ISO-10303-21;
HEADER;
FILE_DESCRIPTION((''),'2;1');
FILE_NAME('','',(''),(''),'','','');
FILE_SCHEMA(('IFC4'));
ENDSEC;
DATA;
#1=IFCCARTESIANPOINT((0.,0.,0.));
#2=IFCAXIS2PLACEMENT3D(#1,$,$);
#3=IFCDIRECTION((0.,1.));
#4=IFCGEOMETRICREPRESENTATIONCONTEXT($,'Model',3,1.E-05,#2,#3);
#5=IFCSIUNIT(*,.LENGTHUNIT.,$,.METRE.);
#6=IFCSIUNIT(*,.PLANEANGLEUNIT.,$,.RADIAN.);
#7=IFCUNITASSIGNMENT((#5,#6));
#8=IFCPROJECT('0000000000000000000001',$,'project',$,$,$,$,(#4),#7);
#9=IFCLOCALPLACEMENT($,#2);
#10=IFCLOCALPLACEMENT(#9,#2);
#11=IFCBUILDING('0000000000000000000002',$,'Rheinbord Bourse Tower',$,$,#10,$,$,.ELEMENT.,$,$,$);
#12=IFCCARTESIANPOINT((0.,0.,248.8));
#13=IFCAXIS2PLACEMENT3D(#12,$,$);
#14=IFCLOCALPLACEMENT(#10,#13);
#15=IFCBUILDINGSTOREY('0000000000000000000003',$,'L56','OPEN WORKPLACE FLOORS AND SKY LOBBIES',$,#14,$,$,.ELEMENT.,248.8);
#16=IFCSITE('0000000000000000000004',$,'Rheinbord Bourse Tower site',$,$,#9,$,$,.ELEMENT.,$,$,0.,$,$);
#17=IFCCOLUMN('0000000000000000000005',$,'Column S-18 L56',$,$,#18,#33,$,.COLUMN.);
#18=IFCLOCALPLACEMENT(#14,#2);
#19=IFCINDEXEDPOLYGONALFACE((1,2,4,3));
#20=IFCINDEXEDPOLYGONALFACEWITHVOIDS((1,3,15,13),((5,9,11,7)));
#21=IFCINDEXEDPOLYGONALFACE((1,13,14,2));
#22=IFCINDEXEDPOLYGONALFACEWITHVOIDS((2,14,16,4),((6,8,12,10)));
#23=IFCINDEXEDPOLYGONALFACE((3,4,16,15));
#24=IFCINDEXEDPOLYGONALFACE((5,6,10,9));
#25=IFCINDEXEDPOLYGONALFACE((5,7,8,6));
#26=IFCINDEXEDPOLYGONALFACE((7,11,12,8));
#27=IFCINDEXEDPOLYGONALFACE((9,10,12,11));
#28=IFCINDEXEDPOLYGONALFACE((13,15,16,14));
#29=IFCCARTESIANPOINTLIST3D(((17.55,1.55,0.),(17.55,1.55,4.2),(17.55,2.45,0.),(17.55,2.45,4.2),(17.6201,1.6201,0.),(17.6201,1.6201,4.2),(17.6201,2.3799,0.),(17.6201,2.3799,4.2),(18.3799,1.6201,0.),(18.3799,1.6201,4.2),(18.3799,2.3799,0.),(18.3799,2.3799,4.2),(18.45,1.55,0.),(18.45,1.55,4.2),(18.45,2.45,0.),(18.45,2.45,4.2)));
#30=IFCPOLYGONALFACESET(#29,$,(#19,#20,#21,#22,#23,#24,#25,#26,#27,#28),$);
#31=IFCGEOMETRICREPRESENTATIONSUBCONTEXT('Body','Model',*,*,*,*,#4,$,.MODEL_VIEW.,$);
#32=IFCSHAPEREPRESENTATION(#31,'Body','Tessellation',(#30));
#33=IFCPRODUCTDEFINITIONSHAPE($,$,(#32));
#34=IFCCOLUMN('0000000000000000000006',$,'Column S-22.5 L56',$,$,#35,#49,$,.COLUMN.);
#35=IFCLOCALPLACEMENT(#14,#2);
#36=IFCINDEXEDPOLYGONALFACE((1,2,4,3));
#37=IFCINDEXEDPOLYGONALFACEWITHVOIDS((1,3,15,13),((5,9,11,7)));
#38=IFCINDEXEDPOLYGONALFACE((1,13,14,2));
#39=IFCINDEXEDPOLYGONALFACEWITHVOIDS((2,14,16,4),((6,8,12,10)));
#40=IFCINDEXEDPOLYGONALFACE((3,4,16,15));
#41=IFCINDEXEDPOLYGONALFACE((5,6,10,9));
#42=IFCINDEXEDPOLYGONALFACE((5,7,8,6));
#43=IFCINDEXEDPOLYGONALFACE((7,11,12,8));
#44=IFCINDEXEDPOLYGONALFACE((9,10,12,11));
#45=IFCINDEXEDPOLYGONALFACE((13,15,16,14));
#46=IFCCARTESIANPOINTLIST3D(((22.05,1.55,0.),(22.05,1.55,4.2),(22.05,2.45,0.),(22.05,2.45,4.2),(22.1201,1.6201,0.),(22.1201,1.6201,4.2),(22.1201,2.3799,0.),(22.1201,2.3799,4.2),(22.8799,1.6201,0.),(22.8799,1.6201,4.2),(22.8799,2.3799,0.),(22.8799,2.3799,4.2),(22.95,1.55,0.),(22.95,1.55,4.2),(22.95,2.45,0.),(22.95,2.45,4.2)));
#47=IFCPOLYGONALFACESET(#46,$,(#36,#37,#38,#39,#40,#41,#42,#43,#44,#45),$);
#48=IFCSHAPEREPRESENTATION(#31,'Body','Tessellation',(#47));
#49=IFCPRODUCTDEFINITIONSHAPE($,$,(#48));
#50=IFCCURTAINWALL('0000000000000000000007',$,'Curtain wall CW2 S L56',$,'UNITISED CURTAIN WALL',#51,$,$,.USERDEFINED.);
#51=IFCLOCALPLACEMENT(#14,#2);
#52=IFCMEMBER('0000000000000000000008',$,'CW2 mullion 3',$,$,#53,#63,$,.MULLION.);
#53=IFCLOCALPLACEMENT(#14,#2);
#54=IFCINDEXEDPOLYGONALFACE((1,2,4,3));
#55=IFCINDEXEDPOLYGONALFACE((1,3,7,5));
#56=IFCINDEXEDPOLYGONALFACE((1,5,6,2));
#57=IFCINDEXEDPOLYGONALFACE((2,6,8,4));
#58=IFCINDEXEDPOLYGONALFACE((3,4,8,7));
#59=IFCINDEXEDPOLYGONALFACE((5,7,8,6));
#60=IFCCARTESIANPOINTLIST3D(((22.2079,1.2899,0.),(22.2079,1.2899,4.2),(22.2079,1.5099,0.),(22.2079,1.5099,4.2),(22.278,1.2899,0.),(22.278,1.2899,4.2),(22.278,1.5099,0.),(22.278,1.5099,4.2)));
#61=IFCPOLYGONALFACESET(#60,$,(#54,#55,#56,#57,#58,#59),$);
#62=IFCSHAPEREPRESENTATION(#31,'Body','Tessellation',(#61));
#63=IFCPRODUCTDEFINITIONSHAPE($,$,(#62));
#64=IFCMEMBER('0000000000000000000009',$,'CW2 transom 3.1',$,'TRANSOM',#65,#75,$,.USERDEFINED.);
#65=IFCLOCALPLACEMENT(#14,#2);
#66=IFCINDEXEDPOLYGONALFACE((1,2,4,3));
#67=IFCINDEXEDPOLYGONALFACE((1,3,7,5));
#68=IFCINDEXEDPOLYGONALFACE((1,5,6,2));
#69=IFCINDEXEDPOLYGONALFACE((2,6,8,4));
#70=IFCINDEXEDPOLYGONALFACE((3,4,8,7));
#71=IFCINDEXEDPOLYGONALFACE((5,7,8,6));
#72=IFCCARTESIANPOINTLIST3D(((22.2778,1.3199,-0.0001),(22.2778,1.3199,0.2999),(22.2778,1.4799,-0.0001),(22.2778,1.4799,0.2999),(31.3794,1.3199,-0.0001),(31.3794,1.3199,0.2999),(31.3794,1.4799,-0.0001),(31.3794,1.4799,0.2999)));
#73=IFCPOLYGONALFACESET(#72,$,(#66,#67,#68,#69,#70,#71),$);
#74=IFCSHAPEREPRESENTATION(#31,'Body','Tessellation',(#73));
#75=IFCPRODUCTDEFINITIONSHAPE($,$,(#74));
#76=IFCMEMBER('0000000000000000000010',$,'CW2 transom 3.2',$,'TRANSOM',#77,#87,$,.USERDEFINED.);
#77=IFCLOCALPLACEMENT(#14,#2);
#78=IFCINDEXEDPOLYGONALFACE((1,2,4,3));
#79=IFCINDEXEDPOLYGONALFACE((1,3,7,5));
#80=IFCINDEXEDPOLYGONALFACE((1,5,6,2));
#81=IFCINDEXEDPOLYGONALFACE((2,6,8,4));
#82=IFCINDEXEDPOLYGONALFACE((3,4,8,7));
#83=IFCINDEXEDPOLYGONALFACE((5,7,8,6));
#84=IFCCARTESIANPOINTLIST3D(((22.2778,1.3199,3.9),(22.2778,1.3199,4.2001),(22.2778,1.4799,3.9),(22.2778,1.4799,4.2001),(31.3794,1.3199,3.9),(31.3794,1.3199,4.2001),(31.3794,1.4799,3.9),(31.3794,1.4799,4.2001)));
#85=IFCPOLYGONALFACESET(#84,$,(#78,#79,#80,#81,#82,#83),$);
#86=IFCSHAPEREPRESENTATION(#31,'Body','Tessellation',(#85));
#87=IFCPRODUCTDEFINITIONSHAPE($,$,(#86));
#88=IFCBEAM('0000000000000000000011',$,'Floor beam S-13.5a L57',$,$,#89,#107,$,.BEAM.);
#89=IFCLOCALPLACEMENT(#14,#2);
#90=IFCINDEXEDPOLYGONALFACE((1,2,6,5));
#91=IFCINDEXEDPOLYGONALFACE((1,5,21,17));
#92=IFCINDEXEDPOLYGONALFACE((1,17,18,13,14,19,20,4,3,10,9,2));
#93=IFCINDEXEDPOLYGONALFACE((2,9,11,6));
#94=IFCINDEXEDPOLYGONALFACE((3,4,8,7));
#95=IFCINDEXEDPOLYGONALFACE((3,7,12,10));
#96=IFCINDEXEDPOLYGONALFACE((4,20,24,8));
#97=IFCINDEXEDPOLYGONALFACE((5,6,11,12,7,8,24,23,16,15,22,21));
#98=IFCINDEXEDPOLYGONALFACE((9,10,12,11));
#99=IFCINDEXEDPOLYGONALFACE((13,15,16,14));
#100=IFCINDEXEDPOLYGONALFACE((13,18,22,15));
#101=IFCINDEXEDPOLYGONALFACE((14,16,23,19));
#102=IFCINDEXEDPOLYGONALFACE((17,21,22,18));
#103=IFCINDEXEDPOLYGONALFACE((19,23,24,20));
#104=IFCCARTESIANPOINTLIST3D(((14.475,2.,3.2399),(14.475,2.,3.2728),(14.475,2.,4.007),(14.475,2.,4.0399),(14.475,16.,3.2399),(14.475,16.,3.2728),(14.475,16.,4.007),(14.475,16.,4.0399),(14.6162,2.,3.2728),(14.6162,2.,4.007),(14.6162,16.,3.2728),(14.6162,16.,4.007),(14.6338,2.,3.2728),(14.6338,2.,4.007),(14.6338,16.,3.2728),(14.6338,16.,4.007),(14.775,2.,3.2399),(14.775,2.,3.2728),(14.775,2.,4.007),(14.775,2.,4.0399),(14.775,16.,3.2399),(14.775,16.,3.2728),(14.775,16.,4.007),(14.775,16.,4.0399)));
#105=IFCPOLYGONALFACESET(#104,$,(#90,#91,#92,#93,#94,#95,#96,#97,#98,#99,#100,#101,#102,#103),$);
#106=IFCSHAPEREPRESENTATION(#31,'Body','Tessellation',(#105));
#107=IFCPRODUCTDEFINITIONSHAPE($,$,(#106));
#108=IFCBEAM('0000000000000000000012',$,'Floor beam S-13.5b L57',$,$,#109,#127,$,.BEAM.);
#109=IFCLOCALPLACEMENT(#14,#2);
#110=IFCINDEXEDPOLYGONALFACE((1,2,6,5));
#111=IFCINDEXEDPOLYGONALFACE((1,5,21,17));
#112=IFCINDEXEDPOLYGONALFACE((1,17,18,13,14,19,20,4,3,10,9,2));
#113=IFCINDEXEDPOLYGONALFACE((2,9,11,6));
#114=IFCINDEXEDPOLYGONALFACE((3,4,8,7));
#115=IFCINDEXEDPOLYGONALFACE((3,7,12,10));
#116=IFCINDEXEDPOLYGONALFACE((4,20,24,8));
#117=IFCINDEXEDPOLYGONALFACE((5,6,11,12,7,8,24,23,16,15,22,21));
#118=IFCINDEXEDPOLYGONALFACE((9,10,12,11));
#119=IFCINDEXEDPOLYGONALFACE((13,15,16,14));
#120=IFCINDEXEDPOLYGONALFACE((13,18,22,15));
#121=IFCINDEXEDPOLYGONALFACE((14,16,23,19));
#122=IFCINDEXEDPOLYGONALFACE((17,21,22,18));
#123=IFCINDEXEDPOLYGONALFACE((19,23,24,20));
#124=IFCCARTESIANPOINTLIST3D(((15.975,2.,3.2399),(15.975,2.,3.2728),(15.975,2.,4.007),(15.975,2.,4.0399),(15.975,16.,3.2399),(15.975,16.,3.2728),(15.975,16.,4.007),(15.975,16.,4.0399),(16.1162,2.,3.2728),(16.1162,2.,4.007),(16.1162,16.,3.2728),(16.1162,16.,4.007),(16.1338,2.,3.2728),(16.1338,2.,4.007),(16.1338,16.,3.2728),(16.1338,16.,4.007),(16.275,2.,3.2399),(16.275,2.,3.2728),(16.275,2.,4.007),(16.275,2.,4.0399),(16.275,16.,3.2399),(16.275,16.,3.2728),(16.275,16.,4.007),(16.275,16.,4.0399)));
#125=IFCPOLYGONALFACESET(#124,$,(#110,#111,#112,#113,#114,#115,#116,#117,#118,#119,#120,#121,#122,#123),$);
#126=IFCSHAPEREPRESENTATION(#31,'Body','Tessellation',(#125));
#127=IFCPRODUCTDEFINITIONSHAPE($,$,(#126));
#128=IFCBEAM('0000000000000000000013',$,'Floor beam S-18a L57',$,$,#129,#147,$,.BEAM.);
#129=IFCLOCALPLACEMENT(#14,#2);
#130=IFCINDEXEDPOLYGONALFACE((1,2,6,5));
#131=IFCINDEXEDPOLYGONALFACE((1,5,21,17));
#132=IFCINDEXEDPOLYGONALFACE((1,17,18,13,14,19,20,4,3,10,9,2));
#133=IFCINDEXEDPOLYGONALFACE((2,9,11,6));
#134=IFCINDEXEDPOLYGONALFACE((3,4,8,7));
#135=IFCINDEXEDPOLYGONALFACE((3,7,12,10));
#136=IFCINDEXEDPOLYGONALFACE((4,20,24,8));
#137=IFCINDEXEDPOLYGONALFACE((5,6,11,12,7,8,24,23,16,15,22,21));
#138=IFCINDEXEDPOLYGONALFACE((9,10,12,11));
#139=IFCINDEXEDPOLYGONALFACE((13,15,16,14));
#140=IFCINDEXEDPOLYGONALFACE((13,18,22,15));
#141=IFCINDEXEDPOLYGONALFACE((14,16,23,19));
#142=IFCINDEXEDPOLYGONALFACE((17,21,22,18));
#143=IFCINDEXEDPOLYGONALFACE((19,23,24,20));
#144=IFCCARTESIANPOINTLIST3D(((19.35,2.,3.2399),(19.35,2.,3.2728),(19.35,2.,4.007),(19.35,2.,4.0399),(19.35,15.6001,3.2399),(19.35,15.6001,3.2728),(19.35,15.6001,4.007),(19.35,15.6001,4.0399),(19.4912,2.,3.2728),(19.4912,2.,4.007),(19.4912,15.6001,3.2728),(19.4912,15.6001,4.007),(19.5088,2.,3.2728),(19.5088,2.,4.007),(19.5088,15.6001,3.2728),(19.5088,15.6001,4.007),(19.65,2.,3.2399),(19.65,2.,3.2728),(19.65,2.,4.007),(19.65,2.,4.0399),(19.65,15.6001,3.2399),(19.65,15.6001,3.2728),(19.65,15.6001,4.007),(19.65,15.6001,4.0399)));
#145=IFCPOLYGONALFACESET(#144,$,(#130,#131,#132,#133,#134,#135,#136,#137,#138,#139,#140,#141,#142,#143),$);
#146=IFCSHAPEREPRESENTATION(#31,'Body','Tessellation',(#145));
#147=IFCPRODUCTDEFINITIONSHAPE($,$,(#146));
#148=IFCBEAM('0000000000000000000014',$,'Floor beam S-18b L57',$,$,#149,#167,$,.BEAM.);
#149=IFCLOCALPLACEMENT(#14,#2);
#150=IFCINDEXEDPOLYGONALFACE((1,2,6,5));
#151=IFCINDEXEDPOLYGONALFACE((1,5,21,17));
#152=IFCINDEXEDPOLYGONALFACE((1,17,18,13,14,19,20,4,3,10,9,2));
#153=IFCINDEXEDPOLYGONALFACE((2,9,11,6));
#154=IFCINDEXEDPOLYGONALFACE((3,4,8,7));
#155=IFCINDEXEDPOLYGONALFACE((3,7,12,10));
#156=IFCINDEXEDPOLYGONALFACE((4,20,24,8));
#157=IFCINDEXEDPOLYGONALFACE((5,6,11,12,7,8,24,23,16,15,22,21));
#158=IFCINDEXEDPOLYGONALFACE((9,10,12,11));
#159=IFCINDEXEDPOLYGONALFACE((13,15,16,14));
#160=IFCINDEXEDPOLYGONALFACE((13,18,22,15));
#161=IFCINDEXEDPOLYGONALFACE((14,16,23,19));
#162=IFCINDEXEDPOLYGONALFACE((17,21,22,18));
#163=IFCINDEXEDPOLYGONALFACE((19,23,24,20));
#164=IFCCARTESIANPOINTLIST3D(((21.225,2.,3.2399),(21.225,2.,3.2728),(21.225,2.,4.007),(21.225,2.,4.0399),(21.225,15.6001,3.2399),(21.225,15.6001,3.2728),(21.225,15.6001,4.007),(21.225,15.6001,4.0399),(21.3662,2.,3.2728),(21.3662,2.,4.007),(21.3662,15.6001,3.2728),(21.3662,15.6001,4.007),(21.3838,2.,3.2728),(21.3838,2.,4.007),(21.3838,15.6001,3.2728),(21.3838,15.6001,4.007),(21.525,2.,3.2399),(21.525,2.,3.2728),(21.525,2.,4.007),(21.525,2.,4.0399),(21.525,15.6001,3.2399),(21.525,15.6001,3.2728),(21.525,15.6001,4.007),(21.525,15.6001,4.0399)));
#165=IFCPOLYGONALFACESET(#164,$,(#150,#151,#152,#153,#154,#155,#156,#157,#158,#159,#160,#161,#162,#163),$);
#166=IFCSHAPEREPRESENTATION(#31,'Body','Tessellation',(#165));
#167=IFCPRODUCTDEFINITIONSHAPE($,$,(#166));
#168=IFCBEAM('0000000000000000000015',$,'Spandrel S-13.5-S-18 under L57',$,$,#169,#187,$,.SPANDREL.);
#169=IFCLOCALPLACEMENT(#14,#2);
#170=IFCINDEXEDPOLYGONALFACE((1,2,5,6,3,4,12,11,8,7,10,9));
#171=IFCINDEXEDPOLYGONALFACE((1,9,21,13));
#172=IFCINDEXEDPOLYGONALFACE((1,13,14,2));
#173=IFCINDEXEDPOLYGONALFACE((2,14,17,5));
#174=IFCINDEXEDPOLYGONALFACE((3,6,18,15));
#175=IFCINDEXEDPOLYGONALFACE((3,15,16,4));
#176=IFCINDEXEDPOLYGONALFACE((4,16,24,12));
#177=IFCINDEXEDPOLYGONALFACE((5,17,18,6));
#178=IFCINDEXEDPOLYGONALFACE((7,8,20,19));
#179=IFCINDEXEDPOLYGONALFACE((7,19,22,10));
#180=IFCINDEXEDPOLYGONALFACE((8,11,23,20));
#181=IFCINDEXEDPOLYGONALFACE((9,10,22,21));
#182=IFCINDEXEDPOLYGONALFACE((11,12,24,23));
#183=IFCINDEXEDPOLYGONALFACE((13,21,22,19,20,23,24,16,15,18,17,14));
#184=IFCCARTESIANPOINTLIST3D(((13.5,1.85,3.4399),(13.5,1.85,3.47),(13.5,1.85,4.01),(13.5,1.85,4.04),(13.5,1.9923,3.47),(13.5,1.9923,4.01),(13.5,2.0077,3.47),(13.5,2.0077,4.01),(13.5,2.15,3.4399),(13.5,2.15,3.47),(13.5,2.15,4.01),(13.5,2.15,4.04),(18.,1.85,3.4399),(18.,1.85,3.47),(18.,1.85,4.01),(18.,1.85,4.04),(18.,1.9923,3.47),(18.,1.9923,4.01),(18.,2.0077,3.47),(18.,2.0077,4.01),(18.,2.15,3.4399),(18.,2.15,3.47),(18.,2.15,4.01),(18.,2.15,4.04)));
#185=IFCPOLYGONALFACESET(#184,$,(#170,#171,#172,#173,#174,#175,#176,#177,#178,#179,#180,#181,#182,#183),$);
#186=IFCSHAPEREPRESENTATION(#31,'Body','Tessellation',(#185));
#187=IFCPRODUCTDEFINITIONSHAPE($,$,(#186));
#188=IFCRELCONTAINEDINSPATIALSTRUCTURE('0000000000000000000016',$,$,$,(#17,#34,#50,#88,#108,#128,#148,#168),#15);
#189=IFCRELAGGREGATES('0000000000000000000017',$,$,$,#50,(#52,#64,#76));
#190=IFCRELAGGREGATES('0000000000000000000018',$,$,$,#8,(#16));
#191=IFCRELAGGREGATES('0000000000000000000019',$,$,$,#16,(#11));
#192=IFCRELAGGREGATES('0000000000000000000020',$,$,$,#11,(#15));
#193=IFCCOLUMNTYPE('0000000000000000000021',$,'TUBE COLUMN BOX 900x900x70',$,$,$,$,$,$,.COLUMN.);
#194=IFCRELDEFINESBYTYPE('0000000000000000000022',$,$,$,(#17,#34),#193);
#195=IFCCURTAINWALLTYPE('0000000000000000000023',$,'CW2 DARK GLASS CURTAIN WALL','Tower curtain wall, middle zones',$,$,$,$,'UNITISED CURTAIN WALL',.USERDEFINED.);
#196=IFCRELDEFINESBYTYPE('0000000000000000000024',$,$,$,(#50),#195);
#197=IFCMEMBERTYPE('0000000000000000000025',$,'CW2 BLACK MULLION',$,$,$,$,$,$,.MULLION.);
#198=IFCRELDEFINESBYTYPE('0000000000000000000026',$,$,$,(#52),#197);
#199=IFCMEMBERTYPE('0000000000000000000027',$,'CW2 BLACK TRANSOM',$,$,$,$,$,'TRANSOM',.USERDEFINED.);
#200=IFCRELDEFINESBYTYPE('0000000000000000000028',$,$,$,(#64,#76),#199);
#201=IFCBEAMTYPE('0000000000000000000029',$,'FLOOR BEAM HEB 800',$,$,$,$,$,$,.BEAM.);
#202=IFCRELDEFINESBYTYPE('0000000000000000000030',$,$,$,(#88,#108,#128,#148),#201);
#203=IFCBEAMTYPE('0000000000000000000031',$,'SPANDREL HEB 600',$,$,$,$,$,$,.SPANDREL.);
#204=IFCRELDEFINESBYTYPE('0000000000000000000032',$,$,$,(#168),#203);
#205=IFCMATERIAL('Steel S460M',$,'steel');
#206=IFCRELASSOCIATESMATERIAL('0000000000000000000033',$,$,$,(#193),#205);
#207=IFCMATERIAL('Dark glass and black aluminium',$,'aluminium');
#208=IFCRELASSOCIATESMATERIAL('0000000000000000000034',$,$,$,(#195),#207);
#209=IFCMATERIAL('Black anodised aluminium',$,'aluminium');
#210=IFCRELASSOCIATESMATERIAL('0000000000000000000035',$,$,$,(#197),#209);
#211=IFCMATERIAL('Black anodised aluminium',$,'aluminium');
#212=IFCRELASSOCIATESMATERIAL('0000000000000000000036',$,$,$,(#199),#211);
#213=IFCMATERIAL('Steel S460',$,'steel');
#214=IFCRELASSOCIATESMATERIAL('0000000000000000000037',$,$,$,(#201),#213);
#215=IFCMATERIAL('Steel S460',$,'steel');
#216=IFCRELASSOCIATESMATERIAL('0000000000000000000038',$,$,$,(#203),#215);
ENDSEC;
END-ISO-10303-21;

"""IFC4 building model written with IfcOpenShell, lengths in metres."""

from ifc_helpers import new_model, si_unit, direction, frame, origin, origin_2d, place, context, subcontext, project, spatial, rectangle, hollow_rectangle, i_section, extrude, material, material_profile, profile_set, type_object, element, aggregate, save


model = new_model("IFC4")

# Units and contexts
model_context = context("Model", 3, precision=1e-05, world=origin(), true_north=direction((0.0, 1.0)))
body_context = subcontext(model_context, "Body", "Model", "MODEL_VIEW")
ifc_project = project(units=[si_unit("LENGTHUNIT", "METRE"), si_unit("PLANEANGLEUNIT", "RADIAN")], contexts=[model_context])

# Site, building, storey
site_placement = place(None, origin())
site = spatial("IfcSite", under=ifc_project, at=site_placement, Name="Rheinbord Bourse Tower site", CompositionType="ELEMENT", RefElevation=0.0)
building_placement = place(site_placement, origin())
building = spatial("IfcBuilding", under=site, at=building_placement, Name="Rheinbord Bourse Tower", CompositionType="ELEMENT")
storey_placement = place(building_placement, frame((0.0, 0.0, 248.8)))
storey = spatial("IfcBuildingStorey", under=building, at=storey_placement, Name="L56", Description="OPEN WORKPLACE FLOORS AND SKY LOBBIES", CompositionType="ELEMENT", Elevation=248.8)

# Columns
ifc_material_1 = material(Name="Steel S460M", Category="steel")
ifc_material_profile_1 = material_profile(ifc_material_1, hollow_rectangle(XDim=0.8999, YDim=0.8999, WallThickness=0.0701, at=origin_2d()), Name="BOX 900x900x70")
ifc_profile_set_1 = profile_set([ifc_material_profile_1], Name="Steel S460M")
column_type = type_object("IfcColumnType", Name="TUBE COLUMN BOX 900x900x70", PredefinedType="COLUMN", material=ifc_profile_set_1)
for number, where, z_axis, x_axis, name in (
    (1, (18.0, 2.0, 0.0), (0.0, 0.0, 1.0), (0.0, 1.0, 0.0), "Column S-18 L56"),
    (2, (22.5, 2.0, 0.0), (0.0, 0.0, 1.0), (0.0, 1.0, 0.0), "Column S-22.5 L56"),
):
    element("IfcColumn", number, at=place(storey_placement, frame(where, z_axis=z_axis, x_axis=x_axis)), inside=storey, type_object=column_type, Name=name, PredefinedType="COLUMN", context=body_context, shape_type="SweptSolid", body=[
        extrude(hollow_rectangle(XDim=0.8999, YDim=0.8999, WallThickness=0.0701, at=origin_2d()), origin(), (0.0, 0.0, 1.0), 4.2),
    ])

# Curtain wall, members
ifc_material_2 = material(Name="Dark glass and black aluminium", Category="aluminium")
curtain_wall_type = type_object("IfcCurtainWallType", Name="CW2 DARK GLASS CURTAIN WALL", Description="Tower curtain wall, middle zones", ElementType="UNITISED CURTAIN WALL", PredefinedType="USERDEFINED", material=ifc_material_2)
curtain_wall_placement = place(storey_placement, origin())
curtain_wall = element("IfcCurtainWall", 3, at=curtain_wall_placement, inside=storey, type_object=curtain_wall_type, Name="Curtain wall CW2 S L56", ObjectType="UNITISED CURTAIN WALL", PredefinedType="USERDEFINED")
ifc_material_3 = material(Name="Black anodised aluminium", Category="aluminium")
ifc_material_profile_2 = material_profile(ifc_material_3, rectangle(XDim=0.22, YDim=0.0701, at=origin_2d()), Name="CW2 MULLION 70x220")
ifc_profile_set_2 = profile_set([ifc_material_profile_2], Name="Black anodised aluminium")
member_type_1 = type_object("IfcMemberType", Name="CW2 BLACK MULLION", PredefinedType="MULLION", material=ifc_profile_set_2)
member_1_placement = place(storey_placement, frame((22.2429, 1.3999, 0.0), z_axis=(0.0, 0.0, 1.0), x_axis=(0.0, 1.0, 0.0)))
member_1 = element("IfcMember", 4, at=member_1_placement, type_object=member_type_1, Name="CW2 mullion 3", PredefinedType="MULLION", context=body_context, shape_type="SweptSolid", body=[
    extrude(rectangle(XDim=0.22, YDim=0.0701, at=origin_2d()), origin(), (0.0, 0.0, 1.0), 4.2),
])
ifc_material_4 = material(Name="Black anodised aluminium", Category="aluminium")
ifc_material_profile_3 = material_profile(ifc_material_4, rectangle(XDim=0.1599, YDim=0.3, at=origin_2d()), Name="CW2 TRANSOM 300x160")
ifc_profile_set_3 = profile_set([ifc_material_profile_3], Name="Black anodised aluminium")
member_type_2 = type_object("IfcMemberType", Name="CW2 BLACK TRANSOM", ElementType="TRANSOM", PredefinedType="USERDEFINED", material=ifc_profile_set_3)
member_2_placement = place(storey_placement, frame((22.2778, 1.3999, 0.1499), z_axis=(1.0, 0.0, 0.0), x_axis=(0.0, 1.0, 0.0)))
member_2 = element("IfcMember", 5, at=member_2_placement, type_object=member_type_2, Name="CW2 transom 3.1", ObjectType="TRANSOM", PredefinedType="USERDEFINED", context=body_context, shape_type="SweptSolid", body=[
    extrude(rectangle(XDim=0.1599, YDim=0.3, at=origin_2d()), origin(), (0.0, 0.0, 1.0), 9.1016),
])
member_3_placement = place(storey_placement, frame((22.2778, 1.3999, 4.05), z_axis=(1.0, 0.0, 0.0), x_axis=(0.0, 1.0, 0.0)))
member_3 = element("IfcMember", 6, at=member_3_placement, type_object=member_type_2, Name="CW2 transom 3.2", ObjectType="TRANSOM", PredefinedType="USERDEFINED", context=body_context, shape_type="SweptSolid", body=[
    extrude(rectangle(XDim=0.1599, YDim=0.3, at=origin_2d()), origin(), (0.0, 0.0, 1.0), 9.1016),
])

# Beams
ifc_material_5 = material(Name="Steel S460", Category="steel")
ifc_material_profile_4 = material_profile(ifc_material_5, i_section(OverallWidth=0.3, OverallDepth=0.8, WebThickness=0.0176, FlangeThickness=0.033, at=origin_2d()), Name="HEB 800")
ifc_profile_set_4 = profile_set([ifc_material_profile_4], Name="Steel S460")
beam_type_1 = type_object("IfcBeamType", Name="FLOOR BEAM HEB 800", PredefinedType="BEAM", material=ifc_profile_set_4)
for number, where, z_axis, x_axis, name in (
    (7, (14.625, 2.0, 3.6399), (0.0, 1.0, 0.0), (-1.0, 0.0, 0.0), "Floor beam S-13.5a L57"),
    (8, (16.125, 2.0, 3.6399), (0.0, 1.0, 0.0), (-1.0, 0.0, 0.0), "Floor beam S-13.5b L57"),
):
    element("IfcBeam", number, at=place(storey_placement, frame(where, z_axis=z_axis, x_axis=x_axis)), inside=storey, type_object=beam_type_1, Name=name, PredefinedType="BEAM", context=body_context, shape_type="SweptSolid", body=[
        extrude(i_section(OverallWidth=0.3, OverallDepth=0.8, WebThickness=0.0176, FlangeThickness=0.033, at=origin_2d()), origin(), (0.0, 0.0, 1.0), 14.0),
    ])
for number, where, z_axis, x_axis, name in (
    (9, (19.5, 2.0, 3.6399), (0.0, 1.0, 0.0), (-1.0, 0.0, 0.0), "Floor beam S-18a L57"),
    (10, (21.375, 2.0, 3.6399), (0.0, 1.0, 0.0), (-1.0, 0.0, 0.0), "Floor beam S-18b L57"),
):
    element("IfcBeam", number, at=place(storey_placement, frame(where, z_axis=z_axis, x_axis=x_axis)), inside=storey, type_object=beam_type_1, Name=name, PredefinedType="BEAM", context=body_context, shape_type="SweptSolid", body=[
        extrude(i_section(OverallWidth=0.3, OverallDepth=0.8, WebThickness=0.0176, FlangeThickness=0.033, at=origin_2d()), origin(), (0.0, 0.0, 1.0), 13.6001),
    ])
ifc_material_6 = material(Name="Steel S460", Category="steel")
ifc_material_profile_5 = material_profile(ifc_material_6, i_section(OverallWidth=0.3, OverallDepth=0.6001, WebThickness=0.0154, FlangeThickness=0.03, at=origin_2d()), Name="HEB 600")
ifc_profile_set_5 = profile_set([ifc_material_profile_5], Name="Steel S460")
beam_type_2 = type_object("IfcBeamType", Name="SPANDREL HEB 600", PredefinedType="SPANDREL", material=ifc_profile_set_5)
for number, where, z_axis, x_axis, name in (
    (11, (13.5, 2.0, 3.74), (1.0, 0.0, 0.0), (0.0, 1.0, 0.0), "Spandrel S-13.5-S-18 under L57"),
):
    element("IfcBeam", number, at=place(storey_placement, frame(where, z_axis=z_axis, x_axis=x_axis)), inside=storey, type_object=beam_type_2, Name=name, PredefinedType="SPANDREL", context=body_context, shape_type="SweptSolid", body=[
        extrude(i_section(OverallWidth=0.3, OverallDepth=0.6001, WebThickness=0.0154, FlangeThickness=0.03, at=origin_2d()), origin(), (0.0, 0.0, 1.0), 4.5),
    ])

aggregate(curtain_wall, [member_1, member_2, member_3])

save(model, "model.ifc")
